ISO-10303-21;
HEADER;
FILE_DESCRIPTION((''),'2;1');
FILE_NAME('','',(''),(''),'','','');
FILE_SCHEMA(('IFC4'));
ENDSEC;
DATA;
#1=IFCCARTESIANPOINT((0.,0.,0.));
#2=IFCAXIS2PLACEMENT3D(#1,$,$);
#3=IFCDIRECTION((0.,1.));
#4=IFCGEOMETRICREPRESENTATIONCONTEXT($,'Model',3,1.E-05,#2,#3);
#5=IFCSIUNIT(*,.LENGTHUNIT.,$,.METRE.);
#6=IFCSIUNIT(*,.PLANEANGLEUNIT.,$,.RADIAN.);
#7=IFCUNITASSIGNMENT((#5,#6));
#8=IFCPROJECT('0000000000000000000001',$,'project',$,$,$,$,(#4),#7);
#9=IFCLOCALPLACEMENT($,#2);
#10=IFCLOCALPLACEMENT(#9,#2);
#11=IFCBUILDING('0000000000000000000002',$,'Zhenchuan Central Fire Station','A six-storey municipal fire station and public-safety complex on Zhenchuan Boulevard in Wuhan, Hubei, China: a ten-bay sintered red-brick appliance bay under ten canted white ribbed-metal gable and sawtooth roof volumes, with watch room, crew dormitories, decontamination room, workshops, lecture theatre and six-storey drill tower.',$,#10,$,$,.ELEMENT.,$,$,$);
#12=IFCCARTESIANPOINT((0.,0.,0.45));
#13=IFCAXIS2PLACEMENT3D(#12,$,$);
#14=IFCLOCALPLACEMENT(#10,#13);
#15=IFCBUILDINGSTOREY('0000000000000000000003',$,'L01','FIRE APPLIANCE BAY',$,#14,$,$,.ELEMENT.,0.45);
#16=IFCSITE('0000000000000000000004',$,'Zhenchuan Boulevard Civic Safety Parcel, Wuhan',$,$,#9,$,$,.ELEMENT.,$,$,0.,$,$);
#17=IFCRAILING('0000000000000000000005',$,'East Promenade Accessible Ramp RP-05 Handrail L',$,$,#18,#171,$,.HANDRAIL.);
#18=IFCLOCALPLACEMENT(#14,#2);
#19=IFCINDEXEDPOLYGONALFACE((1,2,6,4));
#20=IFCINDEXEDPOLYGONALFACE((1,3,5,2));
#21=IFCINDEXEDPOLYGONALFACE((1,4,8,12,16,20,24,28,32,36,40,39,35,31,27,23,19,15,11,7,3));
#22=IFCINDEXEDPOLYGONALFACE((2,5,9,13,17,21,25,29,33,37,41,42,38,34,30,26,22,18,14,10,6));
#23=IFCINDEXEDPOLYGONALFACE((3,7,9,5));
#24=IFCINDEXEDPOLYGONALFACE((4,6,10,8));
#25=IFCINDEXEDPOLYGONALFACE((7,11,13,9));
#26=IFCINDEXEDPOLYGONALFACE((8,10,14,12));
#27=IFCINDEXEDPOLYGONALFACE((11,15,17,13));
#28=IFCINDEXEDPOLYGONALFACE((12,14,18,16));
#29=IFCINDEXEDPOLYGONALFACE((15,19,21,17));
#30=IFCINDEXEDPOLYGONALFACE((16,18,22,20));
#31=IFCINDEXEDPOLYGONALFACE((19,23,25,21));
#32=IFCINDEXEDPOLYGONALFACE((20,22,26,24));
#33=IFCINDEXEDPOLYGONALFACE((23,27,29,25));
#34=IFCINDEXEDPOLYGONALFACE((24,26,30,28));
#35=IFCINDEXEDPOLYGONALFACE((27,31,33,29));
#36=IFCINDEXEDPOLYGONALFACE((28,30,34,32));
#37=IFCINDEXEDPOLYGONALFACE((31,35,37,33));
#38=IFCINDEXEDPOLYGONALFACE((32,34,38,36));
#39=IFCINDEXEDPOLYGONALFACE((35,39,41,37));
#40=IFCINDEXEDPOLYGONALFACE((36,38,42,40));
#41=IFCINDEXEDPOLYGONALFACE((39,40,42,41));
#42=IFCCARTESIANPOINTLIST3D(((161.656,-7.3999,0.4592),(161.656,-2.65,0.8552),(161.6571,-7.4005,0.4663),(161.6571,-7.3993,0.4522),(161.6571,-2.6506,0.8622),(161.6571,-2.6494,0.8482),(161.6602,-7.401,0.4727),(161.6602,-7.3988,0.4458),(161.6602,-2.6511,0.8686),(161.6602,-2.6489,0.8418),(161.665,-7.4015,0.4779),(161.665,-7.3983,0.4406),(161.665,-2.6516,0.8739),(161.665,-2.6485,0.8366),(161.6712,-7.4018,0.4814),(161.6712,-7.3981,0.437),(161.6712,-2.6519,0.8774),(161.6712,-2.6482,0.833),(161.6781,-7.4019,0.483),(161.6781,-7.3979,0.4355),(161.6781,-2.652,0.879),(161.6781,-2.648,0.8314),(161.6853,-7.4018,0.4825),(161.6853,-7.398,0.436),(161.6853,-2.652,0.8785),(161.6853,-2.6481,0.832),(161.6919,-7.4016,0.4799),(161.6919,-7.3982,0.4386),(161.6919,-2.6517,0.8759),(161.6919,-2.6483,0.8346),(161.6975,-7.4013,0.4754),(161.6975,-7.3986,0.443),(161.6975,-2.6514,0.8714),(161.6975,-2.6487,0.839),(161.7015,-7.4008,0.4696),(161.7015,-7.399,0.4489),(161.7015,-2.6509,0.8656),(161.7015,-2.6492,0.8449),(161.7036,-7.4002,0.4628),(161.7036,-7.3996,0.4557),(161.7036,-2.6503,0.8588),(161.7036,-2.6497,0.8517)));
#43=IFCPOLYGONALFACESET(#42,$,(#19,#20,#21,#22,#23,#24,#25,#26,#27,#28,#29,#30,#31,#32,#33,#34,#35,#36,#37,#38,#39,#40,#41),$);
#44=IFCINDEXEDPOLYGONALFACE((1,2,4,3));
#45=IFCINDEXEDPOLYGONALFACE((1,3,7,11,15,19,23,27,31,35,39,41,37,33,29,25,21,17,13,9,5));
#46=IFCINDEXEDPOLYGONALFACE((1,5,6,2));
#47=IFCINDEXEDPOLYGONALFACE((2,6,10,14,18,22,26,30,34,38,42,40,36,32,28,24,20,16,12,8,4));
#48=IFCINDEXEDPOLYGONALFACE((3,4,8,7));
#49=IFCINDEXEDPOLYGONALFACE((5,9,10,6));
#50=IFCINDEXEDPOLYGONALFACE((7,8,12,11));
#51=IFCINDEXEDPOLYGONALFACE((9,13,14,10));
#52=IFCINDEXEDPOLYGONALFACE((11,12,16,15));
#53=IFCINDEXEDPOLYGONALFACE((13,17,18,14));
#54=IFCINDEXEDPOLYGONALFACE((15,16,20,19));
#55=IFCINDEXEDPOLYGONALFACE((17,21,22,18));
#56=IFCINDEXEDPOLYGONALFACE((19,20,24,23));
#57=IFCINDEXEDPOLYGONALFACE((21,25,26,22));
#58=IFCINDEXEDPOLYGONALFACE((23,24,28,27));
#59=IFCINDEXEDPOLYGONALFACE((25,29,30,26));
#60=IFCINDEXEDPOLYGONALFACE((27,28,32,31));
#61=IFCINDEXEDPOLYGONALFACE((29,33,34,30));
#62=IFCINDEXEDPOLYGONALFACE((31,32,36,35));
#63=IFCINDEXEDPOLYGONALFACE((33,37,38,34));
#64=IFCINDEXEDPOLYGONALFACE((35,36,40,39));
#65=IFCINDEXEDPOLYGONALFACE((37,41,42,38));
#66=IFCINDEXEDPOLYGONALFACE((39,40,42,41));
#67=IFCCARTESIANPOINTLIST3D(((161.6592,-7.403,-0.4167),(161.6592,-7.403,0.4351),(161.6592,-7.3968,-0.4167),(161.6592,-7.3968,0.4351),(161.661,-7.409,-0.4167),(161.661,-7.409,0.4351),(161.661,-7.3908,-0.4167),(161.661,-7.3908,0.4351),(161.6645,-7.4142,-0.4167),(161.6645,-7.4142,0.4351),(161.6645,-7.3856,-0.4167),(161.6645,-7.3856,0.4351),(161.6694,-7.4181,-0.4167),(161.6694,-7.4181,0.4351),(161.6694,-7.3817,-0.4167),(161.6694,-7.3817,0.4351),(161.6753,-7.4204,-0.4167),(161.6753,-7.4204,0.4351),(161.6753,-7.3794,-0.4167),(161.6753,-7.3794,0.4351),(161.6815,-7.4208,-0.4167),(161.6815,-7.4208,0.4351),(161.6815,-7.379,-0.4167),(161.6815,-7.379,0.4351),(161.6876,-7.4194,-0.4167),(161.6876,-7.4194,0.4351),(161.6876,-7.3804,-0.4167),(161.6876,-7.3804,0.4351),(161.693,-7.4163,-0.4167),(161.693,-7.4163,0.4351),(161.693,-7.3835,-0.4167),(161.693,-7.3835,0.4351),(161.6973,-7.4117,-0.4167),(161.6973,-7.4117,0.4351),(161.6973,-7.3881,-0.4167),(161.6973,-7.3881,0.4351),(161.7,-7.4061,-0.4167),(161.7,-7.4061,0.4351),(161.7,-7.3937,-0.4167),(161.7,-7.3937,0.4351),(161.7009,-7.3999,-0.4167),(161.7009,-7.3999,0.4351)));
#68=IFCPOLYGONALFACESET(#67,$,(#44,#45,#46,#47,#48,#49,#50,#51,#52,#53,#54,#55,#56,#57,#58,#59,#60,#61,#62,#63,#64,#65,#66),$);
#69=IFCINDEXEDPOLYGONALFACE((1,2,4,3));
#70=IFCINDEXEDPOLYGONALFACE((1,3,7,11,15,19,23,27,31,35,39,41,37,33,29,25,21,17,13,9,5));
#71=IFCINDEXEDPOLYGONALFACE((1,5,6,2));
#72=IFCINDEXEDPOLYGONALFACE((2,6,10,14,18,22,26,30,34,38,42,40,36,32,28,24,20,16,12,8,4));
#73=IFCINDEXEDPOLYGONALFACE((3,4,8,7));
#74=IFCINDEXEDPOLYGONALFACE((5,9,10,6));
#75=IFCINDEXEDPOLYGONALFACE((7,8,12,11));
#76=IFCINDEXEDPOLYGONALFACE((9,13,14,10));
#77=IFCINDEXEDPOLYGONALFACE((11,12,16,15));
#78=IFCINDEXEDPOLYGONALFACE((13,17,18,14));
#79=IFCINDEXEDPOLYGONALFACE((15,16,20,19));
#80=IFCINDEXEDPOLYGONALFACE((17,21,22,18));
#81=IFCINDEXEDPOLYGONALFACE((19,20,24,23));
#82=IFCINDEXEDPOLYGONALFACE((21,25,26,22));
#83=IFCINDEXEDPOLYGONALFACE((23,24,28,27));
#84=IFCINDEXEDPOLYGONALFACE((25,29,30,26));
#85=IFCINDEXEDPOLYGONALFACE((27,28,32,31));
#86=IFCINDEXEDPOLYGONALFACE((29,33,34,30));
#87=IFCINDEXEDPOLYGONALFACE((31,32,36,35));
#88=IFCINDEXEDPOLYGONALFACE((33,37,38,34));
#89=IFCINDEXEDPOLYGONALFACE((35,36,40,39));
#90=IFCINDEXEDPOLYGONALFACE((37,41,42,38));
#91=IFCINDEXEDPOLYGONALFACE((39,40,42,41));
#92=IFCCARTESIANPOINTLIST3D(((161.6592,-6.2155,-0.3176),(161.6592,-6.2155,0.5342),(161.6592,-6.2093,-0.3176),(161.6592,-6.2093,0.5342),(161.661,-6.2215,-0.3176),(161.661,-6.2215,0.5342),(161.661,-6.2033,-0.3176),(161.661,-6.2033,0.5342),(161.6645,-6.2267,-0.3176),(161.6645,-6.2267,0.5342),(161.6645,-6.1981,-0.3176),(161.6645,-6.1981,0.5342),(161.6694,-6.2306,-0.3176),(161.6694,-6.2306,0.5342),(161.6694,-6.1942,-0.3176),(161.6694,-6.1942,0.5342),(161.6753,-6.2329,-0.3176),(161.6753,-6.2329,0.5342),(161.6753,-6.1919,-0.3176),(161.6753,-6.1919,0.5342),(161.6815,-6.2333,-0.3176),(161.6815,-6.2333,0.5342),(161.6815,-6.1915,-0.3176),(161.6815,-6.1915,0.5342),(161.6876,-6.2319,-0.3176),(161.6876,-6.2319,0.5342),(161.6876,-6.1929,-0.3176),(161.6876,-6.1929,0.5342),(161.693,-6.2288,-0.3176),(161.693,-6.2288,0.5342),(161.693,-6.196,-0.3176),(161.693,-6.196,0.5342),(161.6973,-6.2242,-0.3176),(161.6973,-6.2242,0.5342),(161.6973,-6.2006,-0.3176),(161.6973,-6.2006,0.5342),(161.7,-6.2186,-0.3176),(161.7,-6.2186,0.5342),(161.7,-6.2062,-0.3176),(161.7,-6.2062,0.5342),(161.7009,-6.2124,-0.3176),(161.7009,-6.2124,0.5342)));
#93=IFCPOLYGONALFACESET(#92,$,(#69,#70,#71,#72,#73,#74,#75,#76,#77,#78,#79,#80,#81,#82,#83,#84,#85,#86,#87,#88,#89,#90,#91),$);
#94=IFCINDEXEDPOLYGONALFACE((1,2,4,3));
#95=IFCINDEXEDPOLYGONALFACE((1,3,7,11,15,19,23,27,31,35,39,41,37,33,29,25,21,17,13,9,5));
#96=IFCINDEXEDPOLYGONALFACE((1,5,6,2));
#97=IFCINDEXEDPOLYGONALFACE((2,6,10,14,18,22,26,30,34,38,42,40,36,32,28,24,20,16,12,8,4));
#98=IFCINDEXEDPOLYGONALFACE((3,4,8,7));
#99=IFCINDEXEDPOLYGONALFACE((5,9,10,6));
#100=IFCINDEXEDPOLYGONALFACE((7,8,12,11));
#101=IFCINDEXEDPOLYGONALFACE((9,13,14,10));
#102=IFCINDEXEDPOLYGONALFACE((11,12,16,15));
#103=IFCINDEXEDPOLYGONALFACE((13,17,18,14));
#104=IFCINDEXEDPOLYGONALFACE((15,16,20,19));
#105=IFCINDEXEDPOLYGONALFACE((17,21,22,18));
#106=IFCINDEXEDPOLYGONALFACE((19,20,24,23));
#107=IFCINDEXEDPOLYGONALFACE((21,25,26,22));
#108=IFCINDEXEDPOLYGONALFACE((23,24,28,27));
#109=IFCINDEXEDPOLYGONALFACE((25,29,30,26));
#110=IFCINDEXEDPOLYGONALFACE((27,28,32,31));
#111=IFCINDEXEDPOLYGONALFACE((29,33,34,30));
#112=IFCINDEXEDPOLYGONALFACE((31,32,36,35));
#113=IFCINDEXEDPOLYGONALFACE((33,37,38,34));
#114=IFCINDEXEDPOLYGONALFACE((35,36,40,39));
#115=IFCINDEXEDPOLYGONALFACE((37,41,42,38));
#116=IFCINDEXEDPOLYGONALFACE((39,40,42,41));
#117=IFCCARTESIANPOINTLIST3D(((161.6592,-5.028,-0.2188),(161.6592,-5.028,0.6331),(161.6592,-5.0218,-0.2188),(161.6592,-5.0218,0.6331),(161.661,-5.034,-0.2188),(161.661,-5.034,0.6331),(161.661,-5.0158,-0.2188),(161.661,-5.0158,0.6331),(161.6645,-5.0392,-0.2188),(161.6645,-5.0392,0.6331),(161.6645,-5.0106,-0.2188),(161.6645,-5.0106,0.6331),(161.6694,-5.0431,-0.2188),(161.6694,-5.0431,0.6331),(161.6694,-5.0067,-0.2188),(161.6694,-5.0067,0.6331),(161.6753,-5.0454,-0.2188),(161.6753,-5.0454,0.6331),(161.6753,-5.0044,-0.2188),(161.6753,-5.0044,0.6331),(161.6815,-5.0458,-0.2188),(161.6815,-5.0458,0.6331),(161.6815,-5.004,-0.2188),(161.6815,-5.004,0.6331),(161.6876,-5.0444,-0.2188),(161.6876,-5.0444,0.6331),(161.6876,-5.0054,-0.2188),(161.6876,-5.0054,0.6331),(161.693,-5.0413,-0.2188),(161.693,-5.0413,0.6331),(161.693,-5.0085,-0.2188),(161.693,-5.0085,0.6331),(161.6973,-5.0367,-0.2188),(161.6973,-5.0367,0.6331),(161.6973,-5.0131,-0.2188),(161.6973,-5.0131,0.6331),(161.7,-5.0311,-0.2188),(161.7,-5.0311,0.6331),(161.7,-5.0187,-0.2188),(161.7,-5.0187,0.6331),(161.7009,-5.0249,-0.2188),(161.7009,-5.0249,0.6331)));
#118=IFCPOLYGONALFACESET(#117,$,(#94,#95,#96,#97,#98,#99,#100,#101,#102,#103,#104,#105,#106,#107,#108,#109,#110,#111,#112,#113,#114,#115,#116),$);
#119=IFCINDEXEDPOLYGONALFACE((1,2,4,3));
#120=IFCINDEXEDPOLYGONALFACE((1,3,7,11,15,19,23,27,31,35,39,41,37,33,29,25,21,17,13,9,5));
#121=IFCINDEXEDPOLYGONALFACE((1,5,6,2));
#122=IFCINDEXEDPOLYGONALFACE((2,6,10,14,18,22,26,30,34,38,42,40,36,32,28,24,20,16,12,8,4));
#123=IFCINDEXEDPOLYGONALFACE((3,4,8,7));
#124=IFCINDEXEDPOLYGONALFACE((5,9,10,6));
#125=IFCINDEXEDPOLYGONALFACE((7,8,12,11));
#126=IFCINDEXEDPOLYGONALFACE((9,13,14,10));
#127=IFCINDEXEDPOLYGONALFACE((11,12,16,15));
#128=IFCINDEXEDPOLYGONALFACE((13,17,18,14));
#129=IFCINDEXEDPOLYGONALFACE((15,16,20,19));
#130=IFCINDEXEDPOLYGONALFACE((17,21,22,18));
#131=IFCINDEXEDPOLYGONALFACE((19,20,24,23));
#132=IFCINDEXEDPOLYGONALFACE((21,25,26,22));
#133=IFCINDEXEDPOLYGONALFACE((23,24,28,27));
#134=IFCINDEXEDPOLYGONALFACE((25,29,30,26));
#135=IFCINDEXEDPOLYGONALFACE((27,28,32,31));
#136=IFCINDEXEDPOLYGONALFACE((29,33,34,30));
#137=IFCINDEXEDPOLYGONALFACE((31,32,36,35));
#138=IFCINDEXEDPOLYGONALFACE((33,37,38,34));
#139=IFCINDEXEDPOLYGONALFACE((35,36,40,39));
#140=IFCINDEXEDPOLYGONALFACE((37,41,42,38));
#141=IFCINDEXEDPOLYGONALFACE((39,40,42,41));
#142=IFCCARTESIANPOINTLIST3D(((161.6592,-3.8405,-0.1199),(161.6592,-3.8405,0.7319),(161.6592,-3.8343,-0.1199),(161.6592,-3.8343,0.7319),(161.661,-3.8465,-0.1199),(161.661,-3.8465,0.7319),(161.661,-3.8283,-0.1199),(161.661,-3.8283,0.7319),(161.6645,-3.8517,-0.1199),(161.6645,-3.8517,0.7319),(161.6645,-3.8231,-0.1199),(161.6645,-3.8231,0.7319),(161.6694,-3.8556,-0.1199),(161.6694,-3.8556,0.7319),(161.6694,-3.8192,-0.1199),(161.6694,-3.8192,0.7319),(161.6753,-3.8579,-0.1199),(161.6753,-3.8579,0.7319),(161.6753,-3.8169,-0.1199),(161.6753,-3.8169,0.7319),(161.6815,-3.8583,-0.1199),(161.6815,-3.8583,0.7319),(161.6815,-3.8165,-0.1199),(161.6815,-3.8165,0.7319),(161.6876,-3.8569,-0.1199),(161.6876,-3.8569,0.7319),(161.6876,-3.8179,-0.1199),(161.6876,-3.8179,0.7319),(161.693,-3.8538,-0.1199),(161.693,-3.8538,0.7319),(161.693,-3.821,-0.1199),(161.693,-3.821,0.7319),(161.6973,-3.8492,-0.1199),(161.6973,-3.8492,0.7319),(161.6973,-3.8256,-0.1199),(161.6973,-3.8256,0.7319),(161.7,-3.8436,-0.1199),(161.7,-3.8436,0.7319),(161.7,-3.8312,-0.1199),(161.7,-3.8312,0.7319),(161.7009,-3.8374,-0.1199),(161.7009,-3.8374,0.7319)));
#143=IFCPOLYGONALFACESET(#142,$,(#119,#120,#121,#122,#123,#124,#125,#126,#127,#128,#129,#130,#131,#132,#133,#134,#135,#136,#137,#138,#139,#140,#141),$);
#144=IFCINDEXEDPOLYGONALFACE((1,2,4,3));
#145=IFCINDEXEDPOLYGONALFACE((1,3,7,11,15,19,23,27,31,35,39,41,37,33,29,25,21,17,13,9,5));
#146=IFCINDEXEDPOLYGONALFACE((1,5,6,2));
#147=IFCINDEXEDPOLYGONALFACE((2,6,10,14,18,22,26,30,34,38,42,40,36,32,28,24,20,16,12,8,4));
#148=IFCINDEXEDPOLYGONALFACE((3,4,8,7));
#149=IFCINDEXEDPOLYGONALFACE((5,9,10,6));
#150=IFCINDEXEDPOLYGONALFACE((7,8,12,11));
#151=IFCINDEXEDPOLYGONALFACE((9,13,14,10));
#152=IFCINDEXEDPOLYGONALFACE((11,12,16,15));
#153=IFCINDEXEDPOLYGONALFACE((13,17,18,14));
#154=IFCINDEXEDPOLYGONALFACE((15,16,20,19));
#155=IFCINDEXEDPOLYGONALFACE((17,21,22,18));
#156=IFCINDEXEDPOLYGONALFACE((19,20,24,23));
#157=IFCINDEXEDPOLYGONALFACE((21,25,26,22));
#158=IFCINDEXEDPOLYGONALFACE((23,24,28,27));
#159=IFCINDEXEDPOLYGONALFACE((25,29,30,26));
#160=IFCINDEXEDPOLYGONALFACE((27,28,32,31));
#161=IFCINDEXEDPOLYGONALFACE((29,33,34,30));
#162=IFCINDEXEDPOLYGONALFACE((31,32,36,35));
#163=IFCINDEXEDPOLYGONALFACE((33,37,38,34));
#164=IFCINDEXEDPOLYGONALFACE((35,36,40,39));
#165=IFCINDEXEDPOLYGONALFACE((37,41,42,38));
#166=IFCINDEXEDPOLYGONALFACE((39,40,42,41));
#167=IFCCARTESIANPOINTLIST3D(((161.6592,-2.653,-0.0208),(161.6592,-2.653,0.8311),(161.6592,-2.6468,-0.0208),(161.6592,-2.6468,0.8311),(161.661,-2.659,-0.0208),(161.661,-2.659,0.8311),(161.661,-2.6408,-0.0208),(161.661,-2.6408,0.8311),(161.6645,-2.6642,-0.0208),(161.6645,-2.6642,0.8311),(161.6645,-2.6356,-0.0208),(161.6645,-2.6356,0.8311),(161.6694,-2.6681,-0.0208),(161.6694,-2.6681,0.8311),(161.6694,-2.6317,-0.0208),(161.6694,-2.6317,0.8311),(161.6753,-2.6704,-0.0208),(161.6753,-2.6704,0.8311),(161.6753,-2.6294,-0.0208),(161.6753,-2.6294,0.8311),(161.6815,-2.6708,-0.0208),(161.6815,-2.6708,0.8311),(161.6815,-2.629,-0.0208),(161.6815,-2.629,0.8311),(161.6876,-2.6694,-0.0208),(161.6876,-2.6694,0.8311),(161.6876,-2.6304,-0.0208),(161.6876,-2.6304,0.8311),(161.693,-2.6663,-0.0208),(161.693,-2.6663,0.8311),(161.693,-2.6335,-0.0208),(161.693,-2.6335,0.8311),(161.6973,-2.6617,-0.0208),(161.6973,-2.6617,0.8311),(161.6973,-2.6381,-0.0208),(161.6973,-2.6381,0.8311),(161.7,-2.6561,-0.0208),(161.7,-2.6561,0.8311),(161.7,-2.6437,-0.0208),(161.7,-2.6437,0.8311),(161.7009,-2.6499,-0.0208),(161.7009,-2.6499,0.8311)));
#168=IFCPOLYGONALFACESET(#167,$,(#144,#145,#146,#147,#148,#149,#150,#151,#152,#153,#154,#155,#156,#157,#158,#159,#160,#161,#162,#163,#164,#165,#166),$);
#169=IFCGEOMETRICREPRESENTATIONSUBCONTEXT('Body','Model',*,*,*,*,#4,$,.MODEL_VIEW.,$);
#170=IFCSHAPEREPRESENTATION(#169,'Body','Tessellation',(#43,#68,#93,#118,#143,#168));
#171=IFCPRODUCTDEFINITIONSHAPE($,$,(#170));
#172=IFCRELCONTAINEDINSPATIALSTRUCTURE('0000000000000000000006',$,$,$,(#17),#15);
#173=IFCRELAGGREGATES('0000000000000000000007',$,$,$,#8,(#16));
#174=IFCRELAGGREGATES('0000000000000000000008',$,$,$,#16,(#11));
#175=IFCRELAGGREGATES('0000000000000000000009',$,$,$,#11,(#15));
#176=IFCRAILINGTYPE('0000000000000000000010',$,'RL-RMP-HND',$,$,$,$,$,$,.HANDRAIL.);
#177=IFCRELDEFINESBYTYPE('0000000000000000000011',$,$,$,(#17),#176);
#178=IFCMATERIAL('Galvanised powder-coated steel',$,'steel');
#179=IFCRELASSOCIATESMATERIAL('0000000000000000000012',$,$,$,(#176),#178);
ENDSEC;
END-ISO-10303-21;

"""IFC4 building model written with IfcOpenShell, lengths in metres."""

from ifc_helpers import new_model, si_unit, direction, frame, origin, origin_2d, place, context, subcontext, project, spatial, circle, extrude, material, type_object, element, save


model = new_model("IFC4")

# Units and contexts
model_context = context("Model", 3, precision=1e-05, world=origin(), true_north=direction((0.0, 1.0)))
body_context = subcontext(model_context, "Body", "Model", "MODEL_VIEW")
ifc_project = project(units=[si_unit("LENGTHUNIT", "METRE"), si_unit("PLANEANGLEUNIT", "RADIAN")], contexts=[model_context])

# Site, building, storey
site_placement = place(None, origin())
site = spatial("IfcSite", under=ifc_project, at=site_placement, Name="Zhenchuan Boulevard Civic Safety Parcel, Wuhan", CompositionType="ELEMENT", RefElevation=0.0)
building_placement = place(site_placement, origin())
building = spatial("IfcBuilding", under=site, at=building_placement, Name="Zhenchuan Central Fire Station", Description="A six-storey municipal fire station and public-safety complex on Zhenchuan Boulevard in Wuhan, Hubei, China: a ten-bay sintered red-brick appliance bay under ten canted white ribbed-metal gable and sawtooth roof volumes, with watch room, crew dormitories, decontamination room, workshops, lecture theatre and six-storey drill tower.", CompositionType="ELEMENT")
storey_placement = place(building_placement, frame((0.0, 0.0, 0.45)))
storey = spatial("IfcBuildingStorey", under=building, at=storey_placement, Name="L01", Description="FIRE APPLIANCE BAY", CompositionType="ELEMENT", Elevation=0.45)

# Railing
ifc_material_1 = material(Name="Galvanised powder-coated steel", Category="steel")
railing_type = type_object("IfcRailingType", Name="RL-RMP-HND", PredefinedType="HANDRAIL", material=ifc_material_1)
for number, where, name in (
    (1, (161.6799, -7.3999, -0.4167), "East Promenade Accessible Ramp RP-05 Handrail L"),
):
    element("IfcRailing", number, at=place(storey_placement, frame(where)), inside=storey, type_object=railing_type, Name=name, PredefinedType="HANDRAIL", context=body_context, shape_type="SweptSolid", body=[
        extrude(circle(Radius=0.0239, at=origin_2d()), frame((0.0, 0.0, 0.876), z_axis=(0.0, 0.996543, 0.083079), x_axis=(-1.0, 0.0, 0.0)), (0.0, 0.0, 1.0), 4.7664),
        extrude(circle(Radius=0.021, at=origin_2d()), origin(), (0.0, 0.0, 1.0), 0.8518),
        extrude(circle(Radius=0.021, at=origin_2d()), frame((0.0, 1.1875, 0.0991)), (0.0, 0.0, 1.0), 0.8518),
        extrude(circle(Radius=0.021, at=origin_2d()), frame((0.0, 2.375, 0.198)), (0.0, 0.0, 1.0), 0.8518),
        extrude(circle(Radius=0.021, at=origin_2d()), frame((0.0, 3.5625, 0.2969)), (0.0, 0.0, 1.0), 0.8518),
        extrude(circle(Radius=0.021, at=origin_2d()), frame((0.0, 4.75, 0.396)), (0.0, 0.0, 1.0), 0.8518),
    ])

save(model, "model.ifc")
